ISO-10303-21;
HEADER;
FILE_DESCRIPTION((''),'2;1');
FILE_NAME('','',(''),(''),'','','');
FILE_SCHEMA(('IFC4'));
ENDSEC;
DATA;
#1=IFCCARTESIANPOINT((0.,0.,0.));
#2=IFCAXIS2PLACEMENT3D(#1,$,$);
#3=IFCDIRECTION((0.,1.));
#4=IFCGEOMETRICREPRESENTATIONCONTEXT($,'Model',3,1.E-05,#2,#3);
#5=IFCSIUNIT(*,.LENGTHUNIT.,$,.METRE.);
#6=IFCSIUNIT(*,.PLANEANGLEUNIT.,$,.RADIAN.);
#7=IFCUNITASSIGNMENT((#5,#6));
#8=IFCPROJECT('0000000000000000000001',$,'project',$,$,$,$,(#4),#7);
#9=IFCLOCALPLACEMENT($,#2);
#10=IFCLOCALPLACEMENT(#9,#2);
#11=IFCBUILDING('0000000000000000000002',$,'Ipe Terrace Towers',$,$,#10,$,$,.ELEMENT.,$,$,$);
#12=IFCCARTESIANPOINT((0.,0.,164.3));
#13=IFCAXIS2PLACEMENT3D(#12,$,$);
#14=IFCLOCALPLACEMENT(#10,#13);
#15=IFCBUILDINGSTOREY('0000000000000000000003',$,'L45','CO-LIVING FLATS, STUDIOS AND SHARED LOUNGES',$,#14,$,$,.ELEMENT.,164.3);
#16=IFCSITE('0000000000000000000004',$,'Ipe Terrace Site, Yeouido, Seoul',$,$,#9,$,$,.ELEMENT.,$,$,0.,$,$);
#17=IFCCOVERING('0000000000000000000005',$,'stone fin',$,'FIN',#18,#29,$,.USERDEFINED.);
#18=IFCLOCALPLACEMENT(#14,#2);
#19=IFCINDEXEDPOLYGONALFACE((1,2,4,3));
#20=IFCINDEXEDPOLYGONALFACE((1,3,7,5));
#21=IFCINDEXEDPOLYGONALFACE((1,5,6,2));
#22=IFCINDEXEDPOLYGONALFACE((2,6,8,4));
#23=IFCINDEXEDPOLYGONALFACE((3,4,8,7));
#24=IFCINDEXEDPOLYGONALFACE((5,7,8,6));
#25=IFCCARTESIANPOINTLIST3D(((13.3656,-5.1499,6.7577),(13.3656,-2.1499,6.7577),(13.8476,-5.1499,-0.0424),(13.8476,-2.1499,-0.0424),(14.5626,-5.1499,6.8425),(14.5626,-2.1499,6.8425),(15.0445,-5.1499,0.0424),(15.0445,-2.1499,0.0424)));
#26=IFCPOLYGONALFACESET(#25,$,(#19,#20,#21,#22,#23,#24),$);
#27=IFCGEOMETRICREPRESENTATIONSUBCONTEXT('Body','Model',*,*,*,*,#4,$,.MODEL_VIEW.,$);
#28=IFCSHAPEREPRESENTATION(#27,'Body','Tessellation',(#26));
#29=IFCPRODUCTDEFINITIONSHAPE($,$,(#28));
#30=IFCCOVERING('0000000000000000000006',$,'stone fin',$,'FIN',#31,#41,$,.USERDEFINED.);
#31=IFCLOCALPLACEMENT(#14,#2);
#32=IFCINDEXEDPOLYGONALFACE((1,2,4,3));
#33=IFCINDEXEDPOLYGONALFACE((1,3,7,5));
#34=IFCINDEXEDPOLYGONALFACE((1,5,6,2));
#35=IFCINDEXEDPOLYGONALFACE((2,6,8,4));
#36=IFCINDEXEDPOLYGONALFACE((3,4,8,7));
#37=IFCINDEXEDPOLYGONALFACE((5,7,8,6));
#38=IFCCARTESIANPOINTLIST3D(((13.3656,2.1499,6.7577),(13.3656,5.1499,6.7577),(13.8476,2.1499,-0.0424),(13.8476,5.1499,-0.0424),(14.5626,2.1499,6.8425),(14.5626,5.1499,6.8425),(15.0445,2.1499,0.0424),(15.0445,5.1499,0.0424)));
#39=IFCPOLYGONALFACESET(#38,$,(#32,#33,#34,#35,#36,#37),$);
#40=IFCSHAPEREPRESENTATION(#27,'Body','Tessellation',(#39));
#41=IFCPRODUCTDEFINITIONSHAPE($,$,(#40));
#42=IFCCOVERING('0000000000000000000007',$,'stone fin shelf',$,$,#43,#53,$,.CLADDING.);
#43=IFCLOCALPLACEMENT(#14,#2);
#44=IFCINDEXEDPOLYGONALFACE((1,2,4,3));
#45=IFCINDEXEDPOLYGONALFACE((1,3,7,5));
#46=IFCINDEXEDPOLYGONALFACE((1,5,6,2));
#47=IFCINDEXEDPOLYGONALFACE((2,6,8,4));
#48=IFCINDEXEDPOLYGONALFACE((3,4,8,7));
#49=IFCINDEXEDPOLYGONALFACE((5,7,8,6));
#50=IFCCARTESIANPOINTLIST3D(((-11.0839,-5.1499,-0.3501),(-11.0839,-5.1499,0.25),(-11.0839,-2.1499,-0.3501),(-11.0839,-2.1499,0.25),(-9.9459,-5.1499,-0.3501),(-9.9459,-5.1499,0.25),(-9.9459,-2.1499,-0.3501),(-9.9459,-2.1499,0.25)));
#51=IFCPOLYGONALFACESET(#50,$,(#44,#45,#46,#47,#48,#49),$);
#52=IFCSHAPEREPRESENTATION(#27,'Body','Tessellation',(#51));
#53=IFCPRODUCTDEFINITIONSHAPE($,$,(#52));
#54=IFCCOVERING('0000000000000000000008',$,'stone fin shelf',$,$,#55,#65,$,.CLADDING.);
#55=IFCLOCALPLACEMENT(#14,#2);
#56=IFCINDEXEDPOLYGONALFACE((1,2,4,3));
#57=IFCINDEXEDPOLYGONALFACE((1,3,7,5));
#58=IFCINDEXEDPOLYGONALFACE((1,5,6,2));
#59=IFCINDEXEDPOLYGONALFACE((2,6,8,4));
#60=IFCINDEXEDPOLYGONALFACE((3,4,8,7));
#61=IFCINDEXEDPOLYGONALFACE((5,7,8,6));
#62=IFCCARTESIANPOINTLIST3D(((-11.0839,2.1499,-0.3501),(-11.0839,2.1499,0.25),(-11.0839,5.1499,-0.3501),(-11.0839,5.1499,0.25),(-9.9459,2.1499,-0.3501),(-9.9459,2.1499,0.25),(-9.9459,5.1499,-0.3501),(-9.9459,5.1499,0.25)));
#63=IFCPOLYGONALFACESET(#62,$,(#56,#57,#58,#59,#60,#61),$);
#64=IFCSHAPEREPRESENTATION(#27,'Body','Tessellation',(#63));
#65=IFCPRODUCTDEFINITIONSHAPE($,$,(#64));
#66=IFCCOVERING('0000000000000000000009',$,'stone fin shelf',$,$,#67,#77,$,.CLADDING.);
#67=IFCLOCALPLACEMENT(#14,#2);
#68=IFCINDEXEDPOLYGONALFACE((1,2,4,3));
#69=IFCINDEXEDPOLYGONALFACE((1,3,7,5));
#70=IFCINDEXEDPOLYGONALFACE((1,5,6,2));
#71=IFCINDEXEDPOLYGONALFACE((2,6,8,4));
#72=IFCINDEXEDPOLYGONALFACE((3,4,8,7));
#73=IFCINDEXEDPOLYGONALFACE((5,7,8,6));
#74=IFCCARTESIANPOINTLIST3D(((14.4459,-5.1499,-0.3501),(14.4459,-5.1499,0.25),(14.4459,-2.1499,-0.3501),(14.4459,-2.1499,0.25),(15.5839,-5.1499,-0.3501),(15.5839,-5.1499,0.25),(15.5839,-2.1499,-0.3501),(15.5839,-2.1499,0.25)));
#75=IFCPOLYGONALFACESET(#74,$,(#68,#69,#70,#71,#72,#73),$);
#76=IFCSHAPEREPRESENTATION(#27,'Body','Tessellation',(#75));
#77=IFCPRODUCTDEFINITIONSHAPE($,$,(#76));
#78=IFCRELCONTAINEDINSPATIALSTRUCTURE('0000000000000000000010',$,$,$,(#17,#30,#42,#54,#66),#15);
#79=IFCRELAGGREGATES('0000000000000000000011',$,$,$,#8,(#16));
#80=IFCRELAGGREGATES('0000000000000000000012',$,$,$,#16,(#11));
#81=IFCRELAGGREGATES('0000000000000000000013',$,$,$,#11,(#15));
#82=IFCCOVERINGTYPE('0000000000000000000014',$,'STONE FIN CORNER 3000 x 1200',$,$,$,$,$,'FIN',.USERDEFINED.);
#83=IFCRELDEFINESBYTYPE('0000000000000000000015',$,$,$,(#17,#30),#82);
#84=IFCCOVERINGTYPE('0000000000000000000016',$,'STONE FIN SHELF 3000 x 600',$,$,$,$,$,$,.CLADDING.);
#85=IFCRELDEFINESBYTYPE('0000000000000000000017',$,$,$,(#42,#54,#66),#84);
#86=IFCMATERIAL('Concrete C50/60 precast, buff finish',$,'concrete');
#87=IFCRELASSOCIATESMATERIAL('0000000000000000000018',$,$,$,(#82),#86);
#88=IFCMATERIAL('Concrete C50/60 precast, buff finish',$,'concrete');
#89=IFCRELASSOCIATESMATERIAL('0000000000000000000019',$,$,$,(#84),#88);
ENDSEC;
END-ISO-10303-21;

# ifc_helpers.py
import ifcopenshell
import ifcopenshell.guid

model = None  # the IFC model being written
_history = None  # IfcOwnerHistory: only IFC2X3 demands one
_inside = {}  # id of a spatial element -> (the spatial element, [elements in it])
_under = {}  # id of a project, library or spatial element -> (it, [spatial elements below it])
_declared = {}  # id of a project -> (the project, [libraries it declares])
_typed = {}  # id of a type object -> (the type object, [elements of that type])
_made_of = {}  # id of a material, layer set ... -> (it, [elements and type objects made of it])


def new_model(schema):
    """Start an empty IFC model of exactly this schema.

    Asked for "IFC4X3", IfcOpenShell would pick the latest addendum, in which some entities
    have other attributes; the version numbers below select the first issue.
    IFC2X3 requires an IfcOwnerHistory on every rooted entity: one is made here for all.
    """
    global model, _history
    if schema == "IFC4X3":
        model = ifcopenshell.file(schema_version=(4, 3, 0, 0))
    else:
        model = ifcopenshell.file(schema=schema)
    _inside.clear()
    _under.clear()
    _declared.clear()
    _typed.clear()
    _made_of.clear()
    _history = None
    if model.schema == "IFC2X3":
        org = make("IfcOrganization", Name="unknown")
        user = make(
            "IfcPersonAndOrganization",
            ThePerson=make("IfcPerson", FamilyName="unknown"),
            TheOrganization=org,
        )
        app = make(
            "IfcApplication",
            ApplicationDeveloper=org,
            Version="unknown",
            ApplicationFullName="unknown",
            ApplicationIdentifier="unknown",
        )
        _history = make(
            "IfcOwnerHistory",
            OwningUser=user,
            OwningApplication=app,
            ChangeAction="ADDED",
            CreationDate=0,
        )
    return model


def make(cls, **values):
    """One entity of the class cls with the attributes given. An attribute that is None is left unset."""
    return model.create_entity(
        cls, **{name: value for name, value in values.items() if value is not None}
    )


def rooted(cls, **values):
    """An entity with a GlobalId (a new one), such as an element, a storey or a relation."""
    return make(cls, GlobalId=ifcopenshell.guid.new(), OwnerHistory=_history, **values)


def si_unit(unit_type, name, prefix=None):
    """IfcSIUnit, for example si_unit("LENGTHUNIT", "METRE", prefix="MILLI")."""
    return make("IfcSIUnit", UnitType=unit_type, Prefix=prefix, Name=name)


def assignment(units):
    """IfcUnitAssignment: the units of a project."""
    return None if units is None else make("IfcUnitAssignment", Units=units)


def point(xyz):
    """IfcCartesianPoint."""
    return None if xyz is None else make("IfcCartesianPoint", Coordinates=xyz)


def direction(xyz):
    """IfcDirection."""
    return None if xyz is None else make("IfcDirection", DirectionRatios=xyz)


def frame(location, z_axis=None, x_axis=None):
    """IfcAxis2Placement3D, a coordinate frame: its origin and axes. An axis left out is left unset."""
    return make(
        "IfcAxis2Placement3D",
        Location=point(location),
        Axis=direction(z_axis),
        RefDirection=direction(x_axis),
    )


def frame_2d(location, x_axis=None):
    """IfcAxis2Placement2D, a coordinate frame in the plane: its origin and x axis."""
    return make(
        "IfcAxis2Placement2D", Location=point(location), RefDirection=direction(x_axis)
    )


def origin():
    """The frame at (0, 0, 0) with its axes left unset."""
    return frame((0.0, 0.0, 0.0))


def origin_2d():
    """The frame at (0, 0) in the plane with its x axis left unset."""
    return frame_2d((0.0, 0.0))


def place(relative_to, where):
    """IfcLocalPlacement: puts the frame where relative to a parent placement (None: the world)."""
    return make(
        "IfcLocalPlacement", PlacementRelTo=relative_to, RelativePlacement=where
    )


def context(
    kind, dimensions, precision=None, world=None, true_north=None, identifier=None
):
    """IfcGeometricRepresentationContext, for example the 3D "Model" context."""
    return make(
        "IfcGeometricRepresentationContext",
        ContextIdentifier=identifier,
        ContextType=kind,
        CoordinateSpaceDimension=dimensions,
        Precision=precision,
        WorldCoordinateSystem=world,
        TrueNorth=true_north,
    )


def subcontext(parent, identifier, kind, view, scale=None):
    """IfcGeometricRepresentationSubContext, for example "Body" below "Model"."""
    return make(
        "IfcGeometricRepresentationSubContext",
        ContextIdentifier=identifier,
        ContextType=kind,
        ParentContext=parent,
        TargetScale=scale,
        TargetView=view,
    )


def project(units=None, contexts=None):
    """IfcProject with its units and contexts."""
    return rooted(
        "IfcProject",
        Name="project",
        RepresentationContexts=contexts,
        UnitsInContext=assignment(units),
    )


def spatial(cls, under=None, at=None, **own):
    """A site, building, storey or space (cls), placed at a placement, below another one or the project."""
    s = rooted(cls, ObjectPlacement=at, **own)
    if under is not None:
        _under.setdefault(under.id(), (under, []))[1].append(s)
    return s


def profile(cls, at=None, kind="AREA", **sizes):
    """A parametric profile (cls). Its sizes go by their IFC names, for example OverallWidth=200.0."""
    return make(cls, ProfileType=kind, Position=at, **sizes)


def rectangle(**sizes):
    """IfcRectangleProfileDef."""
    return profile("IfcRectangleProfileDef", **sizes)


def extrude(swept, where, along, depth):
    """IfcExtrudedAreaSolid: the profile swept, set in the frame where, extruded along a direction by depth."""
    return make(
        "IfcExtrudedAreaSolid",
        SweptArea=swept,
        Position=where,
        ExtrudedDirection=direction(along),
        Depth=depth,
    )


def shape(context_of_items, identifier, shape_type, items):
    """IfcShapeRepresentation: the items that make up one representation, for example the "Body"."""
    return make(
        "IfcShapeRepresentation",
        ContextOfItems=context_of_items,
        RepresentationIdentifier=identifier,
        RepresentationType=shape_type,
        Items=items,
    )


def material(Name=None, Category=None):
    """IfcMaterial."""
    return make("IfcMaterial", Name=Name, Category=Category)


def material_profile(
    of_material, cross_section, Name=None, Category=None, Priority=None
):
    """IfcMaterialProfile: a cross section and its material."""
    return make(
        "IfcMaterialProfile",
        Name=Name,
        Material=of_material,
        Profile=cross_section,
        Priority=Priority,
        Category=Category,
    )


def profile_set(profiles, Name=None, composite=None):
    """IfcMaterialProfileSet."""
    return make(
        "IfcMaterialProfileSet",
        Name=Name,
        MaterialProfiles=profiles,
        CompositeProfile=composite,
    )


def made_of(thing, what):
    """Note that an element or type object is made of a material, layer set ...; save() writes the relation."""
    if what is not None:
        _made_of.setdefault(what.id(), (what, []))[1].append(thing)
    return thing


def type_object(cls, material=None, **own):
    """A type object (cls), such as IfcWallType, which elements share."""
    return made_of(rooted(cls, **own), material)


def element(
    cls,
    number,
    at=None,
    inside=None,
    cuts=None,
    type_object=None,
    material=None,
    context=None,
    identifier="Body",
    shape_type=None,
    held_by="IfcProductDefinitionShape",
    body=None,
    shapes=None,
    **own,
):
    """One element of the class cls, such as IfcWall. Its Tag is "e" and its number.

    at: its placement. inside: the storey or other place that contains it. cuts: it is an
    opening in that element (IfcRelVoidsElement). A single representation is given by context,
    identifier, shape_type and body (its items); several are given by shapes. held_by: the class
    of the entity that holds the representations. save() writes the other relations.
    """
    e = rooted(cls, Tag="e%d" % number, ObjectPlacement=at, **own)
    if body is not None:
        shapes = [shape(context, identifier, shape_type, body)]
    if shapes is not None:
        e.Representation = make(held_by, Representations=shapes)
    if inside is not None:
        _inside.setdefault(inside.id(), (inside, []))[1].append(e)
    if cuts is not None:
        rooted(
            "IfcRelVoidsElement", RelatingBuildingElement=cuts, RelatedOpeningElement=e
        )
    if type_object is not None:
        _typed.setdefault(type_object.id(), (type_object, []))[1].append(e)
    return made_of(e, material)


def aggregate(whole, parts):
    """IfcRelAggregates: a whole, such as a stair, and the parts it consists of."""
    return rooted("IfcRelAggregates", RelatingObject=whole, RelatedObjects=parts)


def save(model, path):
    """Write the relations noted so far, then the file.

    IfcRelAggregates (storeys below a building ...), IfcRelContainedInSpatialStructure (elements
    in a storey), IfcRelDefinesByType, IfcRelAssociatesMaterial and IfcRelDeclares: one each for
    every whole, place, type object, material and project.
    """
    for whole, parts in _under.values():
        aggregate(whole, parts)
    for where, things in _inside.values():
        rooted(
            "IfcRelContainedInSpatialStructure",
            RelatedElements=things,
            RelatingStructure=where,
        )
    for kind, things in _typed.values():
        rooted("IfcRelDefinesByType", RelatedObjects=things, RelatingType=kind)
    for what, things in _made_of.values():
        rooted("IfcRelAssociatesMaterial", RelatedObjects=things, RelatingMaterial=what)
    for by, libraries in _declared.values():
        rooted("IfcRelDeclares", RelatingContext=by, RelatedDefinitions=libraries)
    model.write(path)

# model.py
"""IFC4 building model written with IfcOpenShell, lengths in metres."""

from ifc_helpers import new_model, si_unit, direction, frame, origin, origin_2d, place, context, subcontext, project, spatial, rectangle, extrude, material, material_profile, profile_set, type_object, element, save


model = new_model("IFC4")

# Units and contexts
model_context = context("Model", 3, precision=1e-05, world=origin(), true_north=direction((0.0, 1.0)))
body_context = subcontext(model_context, "Body", "Model", "MODEL_VIEW")
ifc_project = project(units=[si_unit("LENGTHUNIT", "METRE"), si_unit("PLANEANGLEUNIT", "RADIAN")], contexts=[model_context])

# Site, building, storey
site_placement = place(None, origin())
site = spatial("IfcSite", under=ifc_project, at=site_placement, Name="Ipe Terrace Site, Yeouido, Seoul", CompositionType="ELEMENT", RefElevation=0.0)
building_placement = place(site_placement, origin())
building = spatial("IfcBuilding", under=site, at=building_placement, Name="Ipe Terrace Towers", CompositionType="ELEMENT")
storey_placement = place(building_placement, frame((0.0, 0.0, 164.3)))
storey = spatial("IfcBuildingStorey", under=building, at=storey_placement, Name="L45", Description="CO-LIVING FLATS, STUDIOS AND SHARED LOUNGES", CompositionType="ELEMENT", Elevation=164.3)

# Coverings
ifc_material_1 = material(Name="Concrete C50/60 precast, buff finish", Category="concrete")
ifc_material_profile_1 = material_profile(ifc_material_1, rectangle(XDim=3.0, YDim=1.2, at=origin_2d()), Name="STONE FIN CORNER 3000 x 1200")
ifc_profile_set_1 = profile_set([ifc_material_profile_1], Name="Concrete C50/60 precast, buff finish")
covering_type_1 = type_object("IfcCoveringType", Name="STONE FIN CORNER 3000 x 1200", ElementType="FIN", PredefinedType="USERDEFINED", material=ifc_profile_set_1)
for number, where, z_axis, x_axis, name in (
    (1, (14.446, -3.6499, 0.0), (-0.070695, 0.0, 0.997498), (0.0, -1.0, 0.0), "stone fin"),
    (2, (14.446, 3.6499, 0.0), (-0.070695, 0.0, 0.997498), (0.0, -1.0, 0.0), "stone fin"),
):
    element("IfcCovering", number, at=place(storey_placement, frame(where, z_axis=z_axis, x_axis=x_axis)), inside=storey, type_object=covering_type_1, Name=name, ObjectType="FIN", PredefinedType="USERDEFINED", context=body_context, shape_type="SweptSolid", body=[
        extrude(rectangle(XDim=3.0, YDim=1.2, at=origin_2d()), origin(), (0.0, 0.0, 1.0), 6.8171),
    ])
ifc_material_2 = material(Name="Concrete C50/60 precast, buff finish", Category="concrete")
covering_type_2 = type_object("IfcCoveringType", Name="STONE FIN SHELF 3000 x 600", PredefinedType="CLADDING", material=ifc_material_2)
for number, where, z_axis, x_axis, name in (
    (3, (-10.5149, -3.6499, -0.3501), (0.0, 0.0, 1.0), (0.0, 1.0, 0.0), "stone fin shelf"),
    (4, (-10.5149, 3.6499, -0.3501), (0.0, 0.0, 1.0), (0.0, 1.0, 0.0), "stone fin shelf"),
    (5, (15.0149, -3.6499, -0.3501), (0.0, 0.0, 1.0), (0.0, -1.0, 0.0), "stone fin shelf"),
):
    element("IfcCovering", number, at=place(storey_placement, frame(where, z_axis=z_axis, x_axis=x_axis)), inside=storey, type_object=covering_type_2, Name=name, PredefinedType="CLADDING", context=body_context, shape_type="SweptSolid", body=[
        extrude(rectangle(XDim=3.0, YDim=1.1379, at=origin_2d()), origin(), (0.0, 0.0, 1.0), 0.6001),
    ])

save(model, "model.ifc")
